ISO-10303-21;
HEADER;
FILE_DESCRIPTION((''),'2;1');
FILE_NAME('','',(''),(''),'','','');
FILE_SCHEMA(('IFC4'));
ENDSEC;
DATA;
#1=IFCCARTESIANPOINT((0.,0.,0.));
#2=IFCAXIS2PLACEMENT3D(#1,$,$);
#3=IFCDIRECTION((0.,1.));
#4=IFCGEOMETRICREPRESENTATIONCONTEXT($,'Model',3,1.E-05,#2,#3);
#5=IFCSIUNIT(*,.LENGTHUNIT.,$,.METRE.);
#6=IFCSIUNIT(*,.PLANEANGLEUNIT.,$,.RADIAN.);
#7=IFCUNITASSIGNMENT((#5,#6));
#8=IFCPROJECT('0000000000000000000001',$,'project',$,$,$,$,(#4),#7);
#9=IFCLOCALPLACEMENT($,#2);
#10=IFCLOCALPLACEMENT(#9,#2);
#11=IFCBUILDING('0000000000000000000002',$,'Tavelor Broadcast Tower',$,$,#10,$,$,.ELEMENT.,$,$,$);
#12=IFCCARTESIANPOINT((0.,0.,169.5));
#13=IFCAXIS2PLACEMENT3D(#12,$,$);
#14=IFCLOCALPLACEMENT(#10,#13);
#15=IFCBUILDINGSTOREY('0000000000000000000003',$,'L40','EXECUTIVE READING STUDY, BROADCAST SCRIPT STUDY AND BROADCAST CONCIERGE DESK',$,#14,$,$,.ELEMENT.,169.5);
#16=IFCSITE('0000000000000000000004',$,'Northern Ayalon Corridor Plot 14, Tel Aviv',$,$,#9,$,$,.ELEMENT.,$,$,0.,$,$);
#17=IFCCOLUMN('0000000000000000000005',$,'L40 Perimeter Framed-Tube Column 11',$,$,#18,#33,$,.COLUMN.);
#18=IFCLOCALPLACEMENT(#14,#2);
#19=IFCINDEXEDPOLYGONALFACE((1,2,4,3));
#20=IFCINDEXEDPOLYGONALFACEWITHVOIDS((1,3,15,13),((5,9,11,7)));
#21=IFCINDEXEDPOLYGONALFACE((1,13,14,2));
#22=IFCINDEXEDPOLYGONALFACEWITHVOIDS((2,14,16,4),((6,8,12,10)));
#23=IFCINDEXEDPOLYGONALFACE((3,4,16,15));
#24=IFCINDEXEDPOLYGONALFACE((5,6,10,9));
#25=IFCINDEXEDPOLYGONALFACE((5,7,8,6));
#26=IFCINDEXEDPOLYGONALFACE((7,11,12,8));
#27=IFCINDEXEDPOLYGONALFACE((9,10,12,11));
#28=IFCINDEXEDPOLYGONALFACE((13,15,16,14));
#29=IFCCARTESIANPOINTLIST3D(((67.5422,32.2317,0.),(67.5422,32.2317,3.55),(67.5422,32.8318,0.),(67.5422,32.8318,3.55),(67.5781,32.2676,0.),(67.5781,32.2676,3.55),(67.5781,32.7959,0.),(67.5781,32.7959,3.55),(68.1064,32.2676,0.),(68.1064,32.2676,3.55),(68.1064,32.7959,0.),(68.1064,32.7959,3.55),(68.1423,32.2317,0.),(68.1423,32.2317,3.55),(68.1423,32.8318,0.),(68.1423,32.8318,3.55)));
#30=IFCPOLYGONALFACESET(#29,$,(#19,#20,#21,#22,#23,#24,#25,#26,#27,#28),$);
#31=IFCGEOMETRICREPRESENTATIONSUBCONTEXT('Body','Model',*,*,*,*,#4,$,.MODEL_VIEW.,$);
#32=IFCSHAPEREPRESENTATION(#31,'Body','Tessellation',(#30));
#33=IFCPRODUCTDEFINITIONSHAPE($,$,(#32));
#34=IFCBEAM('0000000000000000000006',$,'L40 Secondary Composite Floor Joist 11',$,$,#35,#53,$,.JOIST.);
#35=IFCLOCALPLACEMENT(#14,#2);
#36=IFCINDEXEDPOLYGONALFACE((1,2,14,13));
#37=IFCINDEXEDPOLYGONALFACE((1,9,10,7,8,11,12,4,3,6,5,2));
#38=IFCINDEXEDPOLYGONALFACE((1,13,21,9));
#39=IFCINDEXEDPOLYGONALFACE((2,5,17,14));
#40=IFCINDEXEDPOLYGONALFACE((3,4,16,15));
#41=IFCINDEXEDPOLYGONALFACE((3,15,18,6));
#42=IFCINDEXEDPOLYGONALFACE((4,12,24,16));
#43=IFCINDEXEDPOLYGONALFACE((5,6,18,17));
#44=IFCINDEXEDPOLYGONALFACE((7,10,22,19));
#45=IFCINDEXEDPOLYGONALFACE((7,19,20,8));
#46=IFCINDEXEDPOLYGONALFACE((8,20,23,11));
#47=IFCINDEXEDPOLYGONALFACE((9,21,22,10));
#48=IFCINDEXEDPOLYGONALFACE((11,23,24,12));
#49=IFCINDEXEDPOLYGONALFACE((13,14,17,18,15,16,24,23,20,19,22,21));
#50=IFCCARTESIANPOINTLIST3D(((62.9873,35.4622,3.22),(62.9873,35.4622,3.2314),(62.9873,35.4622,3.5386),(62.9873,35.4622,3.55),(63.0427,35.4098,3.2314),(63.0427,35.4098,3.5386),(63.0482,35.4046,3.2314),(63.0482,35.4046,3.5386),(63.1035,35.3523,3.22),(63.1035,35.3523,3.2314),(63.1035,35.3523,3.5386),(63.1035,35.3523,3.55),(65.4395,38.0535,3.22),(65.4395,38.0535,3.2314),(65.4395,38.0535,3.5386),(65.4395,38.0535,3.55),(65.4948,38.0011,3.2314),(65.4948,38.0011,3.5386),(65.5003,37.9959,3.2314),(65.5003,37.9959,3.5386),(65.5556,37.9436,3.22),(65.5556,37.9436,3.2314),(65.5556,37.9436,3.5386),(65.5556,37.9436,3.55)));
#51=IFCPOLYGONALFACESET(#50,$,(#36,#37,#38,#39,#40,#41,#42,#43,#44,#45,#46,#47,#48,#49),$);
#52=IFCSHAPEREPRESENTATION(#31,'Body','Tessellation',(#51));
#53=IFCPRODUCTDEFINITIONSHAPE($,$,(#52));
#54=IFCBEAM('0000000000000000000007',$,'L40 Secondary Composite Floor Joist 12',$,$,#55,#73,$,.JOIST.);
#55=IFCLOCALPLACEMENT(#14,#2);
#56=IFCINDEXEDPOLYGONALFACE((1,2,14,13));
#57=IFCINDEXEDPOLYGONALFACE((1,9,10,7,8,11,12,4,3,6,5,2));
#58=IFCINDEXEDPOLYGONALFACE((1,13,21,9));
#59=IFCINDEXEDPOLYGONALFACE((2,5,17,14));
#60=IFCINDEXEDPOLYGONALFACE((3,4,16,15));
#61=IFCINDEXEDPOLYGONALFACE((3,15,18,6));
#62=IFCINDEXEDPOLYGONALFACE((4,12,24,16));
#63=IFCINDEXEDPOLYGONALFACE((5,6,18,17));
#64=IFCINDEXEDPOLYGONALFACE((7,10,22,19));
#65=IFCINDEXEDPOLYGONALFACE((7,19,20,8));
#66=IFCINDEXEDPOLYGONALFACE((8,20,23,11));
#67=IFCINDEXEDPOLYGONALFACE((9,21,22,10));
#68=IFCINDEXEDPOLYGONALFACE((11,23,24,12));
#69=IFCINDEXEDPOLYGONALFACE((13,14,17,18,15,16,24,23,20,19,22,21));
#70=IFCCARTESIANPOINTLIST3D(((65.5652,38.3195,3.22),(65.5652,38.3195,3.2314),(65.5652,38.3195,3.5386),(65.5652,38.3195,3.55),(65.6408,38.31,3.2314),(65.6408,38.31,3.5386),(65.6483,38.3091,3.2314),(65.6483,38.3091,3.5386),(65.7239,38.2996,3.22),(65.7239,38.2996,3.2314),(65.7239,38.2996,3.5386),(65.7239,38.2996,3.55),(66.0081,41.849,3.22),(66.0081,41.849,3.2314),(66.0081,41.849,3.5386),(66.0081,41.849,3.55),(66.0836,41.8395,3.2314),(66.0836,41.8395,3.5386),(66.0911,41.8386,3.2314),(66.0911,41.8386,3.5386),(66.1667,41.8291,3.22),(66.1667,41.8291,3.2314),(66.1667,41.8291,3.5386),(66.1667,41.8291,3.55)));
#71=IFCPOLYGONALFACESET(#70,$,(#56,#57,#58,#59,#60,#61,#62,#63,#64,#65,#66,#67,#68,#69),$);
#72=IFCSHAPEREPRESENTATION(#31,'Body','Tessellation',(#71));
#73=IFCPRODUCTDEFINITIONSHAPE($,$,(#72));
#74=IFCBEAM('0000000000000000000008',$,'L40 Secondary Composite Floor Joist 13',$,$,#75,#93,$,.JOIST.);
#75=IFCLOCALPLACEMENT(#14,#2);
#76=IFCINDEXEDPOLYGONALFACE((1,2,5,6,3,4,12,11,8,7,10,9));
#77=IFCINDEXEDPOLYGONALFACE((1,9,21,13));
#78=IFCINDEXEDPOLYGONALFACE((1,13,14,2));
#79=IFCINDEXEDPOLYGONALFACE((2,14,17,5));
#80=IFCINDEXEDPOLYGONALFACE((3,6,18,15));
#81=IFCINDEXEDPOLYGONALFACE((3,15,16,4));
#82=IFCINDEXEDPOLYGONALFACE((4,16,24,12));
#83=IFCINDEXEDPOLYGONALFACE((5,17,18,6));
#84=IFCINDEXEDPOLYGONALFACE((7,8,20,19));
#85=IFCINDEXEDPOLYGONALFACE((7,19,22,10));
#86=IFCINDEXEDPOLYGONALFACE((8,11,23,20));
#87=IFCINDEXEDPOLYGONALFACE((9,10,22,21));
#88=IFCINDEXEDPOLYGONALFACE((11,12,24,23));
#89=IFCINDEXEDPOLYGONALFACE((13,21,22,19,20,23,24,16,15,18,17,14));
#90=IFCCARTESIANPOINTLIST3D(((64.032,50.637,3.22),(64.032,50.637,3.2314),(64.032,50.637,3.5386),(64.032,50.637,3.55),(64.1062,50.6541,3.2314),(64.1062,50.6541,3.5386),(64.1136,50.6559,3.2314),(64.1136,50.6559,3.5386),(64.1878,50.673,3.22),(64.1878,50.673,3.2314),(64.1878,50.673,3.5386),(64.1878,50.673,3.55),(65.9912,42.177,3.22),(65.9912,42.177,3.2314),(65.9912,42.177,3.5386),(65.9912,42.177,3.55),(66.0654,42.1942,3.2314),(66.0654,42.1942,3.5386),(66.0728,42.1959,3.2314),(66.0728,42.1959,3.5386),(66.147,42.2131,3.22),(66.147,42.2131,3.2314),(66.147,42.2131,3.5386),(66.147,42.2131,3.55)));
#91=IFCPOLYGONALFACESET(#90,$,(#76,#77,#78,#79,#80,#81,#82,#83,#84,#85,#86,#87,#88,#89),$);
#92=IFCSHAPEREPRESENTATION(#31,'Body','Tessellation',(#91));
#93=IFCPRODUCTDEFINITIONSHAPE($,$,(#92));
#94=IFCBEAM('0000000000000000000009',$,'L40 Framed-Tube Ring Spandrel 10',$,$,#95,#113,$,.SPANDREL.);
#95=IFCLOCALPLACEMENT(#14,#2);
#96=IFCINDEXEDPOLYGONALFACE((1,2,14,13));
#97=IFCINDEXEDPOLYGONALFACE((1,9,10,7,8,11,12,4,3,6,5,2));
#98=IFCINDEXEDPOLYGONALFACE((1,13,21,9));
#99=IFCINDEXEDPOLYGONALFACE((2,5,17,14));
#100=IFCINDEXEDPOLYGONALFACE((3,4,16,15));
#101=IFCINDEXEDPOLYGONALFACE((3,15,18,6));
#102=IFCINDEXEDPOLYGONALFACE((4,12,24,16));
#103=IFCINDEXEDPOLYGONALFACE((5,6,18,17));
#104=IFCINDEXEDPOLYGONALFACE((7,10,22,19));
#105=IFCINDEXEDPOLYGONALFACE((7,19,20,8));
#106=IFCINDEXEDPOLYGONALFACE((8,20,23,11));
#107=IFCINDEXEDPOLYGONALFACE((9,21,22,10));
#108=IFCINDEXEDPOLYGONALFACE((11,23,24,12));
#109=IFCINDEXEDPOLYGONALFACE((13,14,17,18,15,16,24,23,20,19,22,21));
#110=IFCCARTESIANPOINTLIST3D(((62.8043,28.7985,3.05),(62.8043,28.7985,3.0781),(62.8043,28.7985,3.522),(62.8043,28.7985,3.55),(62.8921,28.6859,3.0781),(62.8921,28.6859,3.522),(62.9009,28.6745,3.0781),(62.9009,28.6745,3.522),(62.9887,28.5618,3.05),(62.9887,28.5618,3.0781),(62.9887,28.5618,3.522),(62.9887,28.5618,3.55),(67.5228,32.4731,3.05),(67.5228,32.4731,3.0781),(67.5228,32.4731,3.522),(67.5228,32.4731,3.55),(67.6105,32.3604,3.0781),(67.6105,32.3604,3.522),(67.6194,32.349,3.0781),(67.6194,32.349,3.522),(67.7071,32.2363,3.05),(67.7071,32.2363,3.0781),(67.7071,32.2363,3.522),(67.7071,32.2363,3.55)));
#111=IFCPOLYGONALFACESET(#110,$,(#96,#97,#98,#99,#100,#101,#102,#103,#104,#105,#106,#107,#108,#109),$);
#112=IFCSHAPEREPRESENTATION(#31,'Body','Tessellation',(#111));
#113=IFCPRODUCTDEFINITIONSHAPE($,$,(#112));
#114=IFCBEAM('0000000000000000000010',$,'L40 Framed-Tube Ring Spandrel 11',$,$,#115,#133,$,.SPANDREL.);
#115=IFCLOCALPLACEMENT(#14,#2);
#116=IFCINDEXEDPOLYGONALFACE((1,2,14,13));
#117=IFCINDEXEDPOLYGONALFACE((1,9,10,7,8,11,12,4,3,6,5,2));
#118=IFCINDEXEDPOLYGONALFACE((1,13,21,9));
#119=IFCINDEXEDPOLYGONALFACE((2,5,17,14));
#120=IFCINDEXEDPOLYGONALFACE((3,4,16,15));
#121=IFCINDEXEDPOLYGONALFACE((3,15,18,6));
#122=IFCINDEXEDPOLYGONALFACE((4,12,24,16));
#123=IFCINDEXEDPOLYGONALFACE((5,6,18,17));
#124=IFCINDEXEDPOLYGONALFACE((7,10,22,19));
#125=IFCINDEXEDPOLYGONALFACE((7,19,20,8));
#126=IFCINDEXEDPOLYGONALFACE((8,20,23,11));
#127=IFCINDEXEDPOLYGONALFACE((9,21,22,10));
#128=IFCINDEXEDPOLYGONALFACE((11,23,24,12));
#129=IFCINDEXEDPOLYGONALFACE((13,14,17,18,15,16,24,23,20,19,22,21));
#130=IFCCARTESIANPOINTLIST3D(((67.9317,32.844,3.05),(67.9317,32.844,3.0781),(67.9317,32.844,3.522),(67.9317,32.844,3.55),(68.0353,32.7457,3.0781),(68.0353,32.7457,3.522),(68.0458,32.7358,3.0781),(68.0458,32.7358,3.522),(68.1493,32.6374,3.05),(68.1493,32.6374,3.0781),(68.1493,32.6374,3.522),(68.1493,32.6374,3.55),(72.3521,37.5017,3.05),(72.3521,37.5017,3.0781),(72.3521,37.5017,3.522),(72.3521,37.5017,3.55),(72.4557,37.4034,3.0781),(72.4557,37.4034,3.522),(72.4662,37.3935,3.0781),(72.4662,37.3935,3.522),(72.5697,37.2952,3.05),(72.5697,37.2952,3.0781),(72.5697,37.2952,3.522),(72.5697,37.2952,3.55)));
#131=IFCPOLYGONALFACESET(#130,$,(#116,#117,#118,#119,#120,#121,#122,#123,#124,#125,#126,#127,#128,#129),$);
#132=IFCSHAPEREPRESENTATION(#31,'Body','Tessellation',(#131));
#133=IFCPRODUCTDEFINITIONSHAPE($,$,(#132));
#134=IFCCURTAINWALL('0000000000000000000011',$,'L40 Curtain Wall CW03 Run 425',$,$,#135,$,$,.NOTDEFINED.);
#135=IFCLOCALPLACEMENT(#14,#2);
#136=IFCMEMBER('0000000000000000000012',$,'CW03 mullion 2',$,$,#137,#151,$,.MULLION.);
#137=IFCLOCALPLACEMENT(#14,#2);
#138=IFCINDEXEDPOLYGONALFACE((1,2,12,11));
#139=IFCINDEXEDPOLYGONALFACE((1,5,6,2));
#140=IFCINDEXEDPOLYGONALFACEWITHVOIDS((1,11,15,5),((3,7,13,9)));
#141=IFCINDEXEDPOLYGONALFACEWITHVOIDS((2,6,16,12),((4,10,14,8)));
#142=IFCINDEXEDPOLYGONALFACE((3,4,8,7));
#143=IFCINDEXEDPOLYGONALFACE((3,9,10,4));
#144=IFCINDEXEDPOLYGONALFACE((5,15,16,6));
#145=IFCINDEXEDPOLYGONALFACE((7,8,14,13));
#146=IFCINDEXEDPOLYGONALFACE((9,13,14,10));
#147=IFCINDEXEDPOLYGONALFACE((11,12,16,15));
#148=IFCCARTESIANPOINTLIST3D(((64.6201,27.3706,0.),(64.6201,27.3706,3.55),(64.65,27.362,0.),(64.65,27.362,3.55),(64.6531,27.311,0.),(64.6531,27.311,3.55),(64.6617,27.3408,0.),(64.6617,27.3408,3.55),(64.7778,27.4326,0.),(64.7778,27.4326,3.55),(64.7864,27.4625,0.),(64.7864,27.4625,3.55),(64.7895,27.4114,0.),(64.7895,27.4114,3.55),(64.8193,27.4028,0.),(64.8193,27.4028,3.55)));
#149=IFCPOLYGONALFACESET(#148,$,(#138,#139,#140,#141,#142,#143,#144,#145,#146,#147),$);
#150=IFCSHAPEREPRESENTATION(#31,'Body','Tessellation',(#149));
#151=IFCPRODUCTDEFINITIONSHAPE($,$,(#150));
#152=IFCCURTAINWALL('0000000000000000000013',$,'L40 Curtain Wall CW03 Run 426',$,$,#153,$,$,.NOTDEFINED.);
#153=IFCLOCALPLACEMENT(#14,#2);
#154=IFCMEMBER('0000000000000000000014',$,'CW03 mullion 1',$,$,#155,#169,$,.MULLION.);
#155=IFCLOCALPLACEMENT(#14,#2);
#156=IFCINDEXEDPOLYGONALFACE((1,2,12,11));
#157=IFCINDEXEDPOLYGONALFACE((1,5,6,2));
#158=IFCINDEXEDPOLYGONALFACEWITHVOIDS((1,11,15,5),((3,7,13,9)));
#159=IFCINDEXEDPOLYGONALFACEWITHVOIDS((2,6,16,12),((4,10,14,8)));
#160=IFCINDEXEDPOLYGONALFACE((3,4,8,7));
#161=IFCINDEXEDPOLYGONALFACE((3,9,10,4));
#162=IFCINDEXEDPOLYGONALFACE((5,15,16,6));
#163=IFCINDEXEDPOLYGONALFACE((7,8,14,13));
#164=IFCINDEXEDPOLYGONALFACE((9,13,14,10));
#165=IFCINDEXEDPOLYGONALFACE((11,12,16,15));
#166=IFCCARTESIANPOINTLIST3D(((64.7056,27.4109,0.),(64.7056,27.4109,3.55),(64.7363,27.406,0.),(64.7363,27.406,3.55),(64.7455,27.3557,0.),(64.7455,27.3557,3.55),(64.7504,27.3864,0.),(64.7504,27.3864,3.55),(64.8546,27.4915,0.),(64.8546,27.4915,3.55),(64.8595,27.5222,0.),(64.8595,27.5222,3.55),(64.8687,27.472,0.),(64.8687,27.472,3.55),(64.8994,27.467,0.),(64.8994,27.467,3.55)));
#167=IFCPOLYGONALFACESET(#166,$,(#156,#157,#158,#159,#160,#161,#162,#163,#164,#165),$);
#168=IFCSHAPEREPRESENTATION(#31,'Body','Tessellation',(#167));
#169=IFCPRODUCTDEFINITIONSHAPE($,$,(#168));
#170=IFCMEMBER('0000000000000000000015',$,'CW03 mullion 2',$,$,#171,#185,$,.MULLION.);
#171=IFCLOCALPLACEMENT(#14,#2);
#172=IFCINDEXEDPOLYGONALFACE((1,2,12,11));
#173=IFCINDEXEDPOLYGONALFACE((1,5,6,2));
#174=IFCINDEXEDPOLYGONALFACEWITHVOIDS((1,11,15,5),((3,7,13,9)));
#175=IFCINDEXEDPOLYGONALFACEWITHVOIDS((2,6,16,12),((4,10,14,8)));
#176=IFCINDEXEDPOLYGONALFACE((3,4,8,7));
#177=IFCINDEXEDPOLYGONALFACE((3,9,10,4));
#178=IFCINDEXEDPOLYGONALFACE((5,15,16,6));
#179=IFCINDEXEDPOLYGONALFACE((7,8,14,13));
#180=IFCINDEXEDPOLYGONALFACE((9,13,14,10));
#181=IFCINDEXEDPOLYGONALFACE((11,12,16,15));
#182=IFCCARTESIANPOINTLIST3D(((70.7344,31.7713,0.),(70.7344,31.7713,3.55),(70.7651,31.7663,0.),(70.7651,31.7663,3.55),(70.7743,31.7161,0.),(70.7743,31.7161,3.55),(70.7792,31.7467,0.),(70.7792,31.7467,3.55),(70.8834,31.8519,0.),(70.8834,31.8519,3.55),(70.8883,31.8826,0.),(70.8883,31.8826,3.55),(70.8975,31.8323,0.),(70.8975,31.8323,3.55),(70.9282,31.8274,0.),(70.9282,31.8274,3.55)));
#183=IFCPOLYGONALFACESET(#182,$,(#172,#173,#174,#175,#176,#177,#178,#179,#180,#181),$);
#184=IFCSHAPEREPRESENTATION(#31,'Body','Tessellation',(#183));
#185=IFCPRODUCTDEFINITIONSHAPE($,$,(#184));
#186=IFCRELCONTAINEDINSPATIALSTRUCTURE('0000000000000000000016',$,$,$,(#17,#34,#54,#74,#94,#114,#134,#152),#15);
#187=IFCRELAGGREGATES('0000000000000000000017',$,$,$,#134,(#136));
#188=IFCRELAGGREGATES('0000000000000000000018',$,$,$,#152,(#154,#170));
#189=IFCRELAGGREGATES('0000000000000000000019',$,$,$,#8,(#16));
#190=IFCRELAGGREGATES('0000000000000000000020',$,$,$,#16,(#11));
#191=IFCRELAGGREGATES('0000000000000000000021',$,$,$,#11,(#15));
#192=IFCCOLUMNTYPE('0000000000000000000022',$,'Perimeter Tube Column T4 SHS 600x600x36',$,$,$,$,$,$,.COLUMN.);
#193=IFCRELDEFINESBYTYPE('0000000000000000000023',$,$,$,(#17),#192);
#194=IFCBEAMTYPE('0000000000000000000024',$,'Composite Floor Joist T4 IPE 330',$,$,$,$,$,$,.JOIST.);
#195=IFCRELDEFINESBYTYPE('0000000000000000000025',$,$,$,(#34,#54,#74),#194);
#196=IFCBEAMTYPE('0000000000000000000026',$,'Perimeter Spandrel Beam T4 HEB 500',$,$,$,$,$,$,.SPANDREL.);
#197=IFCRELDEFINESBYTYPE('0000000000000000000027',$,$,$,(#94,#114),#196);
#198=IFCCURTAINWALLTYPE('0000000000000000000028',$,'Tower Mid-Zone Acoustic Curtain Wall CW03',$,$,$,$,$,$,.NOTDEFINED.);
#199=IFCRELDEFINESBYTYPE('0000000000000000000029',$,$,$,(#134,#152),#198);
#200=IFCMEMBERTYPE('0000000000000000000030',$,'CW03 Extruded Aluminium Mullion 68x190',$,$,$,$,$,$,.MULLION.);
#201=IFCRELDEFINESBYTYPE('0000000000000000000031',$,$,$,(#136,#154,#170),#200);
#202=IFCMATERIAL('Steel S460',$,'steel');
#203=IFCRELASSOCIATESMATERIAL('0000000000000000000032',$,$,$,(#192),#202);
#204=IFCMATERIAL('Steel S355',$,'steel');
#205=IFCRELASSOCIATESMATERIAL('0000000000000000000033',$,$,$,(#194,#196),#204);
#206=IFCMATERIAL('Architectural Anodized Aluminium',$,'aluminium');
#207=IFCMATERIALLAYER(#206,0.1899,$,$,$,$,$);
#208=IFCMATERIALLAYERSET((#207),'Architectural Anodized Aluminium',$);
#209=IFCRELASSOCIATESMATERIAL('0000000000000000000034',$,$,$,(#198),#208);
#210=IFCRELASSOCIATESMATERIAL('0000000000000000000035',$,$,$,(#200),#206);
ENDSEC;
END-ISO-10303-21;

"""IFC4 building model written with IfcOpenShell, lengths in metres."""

from ifc_helpers import new_model, si_unit, direction, frame, origin, origin_2d, place, context, subcontext, project, spatial, hollow_rectangle, i_section, extrude, source, transform, mapped, material, layer, layer_set, material_profile, profile_set, type_object, type_shapes, element, aggregate, save


model = new_model("IFC4")

# Units and contexts
model_context = context("Model", 3, precision=1e-05, world=origin(), true_north=direction((0.0, 1.0)))
body_context = subcontext(model_context, "Body", "Model", "MODEL_VIEW")
ifc_project = project(units=[si_unit("LENGTHUNIT", "METRE"), si_unit("PLANEANGLEUNIT", "RADIAN")], contexts=[model_context])

# Site, building, storey
site_placement = place(None, origin())
site = spatial("IfcSite", under=ifc_project, at=site_placement, Name="Northern Ayalon Corridor Plot 14, Tel Aviv", CompositionType="ELEMENT", RefElevation=0.0)
building_placement = place(site_placement, origin())
building = spatial("IfcBuilding", under=site, at=building_placement, Name="Tavelor Broadcast Tower", CompositionType="ELEMENT")
storey_placement = place(building_placement, frame((0.0, 0.0, 169.5)))
storey = spatial("IfcBuildingStorey", under=building, at=storey_placement, Name="L40", Description="EXECUTIVE READING STUDY, BROADCAST SCRIPT STUDY AND BROADCAST CONCIERGE DESK", CompositionType="ELEMENT", Elevation=169.5)

# Column
ifc_material_1 = material(Name="Steel S460", Category="steel")
ifc_material_profile_1 = material_profile(ifc_material_1, hollow_rectangle(XDim=0.6001, YDim=0.6001, WallThickness=0.0359, at=origin_2d()), Name="SHS 600x600x36")
ifc_profile_set_1 = profile_set([ifc_material_profile_1], Name="Steel S460")
column_type = type_object("IfcColumnType", Name="Perimeter Tube Column T4 SHS 600x600x36", PredefinedType="COLUMN", material=ifc_profile_set_1)
column_placement = place(storey_placement, frame((67.8423, 32.5317, 0.0), z_axis=(0.0, 0.0, 1.0), x_axis=(1.0, 0.0, 0.0)))
element("IfcColumn", 1, at=column_placement, inside=storey, type_object=column_type, Name="L40 Perimeter Framed-Tube Column 11", PredefinedType="COLUMN", context=body_context, shape_type="SweptSolid", body=[
    extrude(hollow_rectangle(XDim=0.6001, YDim=0.6001, WallThickness=0.0359, at=origin_2d()), origin(), (0.0, 0.0, 1.0), 3.55),
])

# Beams
ifc_material_2 = material(Name="Steel S355", Category="steel")
ifc_material_profile_2 = material_profile(ifc_material_2, i_section(OverallWidth=0.1599, OverallDepth=0.3301, WebThickness=0.0076, FlangeThickness=0.0115, at=origin_2d()), Name="IPE 330")
ifc_profile_set_2 = profile_set([ifc_material_profile_2], Name="Steel S355")
beam_type_1 = type_object("IfcBeamType", Name="Composite Floor Joist T4 IPE 330", PredefinedType="JOIST", material=ifc_profile_set_2)
beam_1_placement = place(storey_placement, frame((63.0454, 35.4072, 3.385), z_axis=(0.687335, 0.726341, 0.0), x_axis=(-0.726341, 0.687335, 0.0)))
element("IfcBeam", 2, at=beam_1_placement, inside=storey, type_object=beam_type_1, Name="L40 Secondary Composite Floor Joist 11", PredefinedType="JOIST", context=body_context, shape_type="SweptSolid", body=[
    extrude(i_section(OverallWidth=0.1599, OverallDepth=0.3301, WebThickness=0.0076, FlangeThickness=0.0115, at=origin_2d()), origin(), (0.0, 0.0, 1.0), 3.5676),
])
beam_2_placement = place(storey_placement, frame((65.6445, 38.3096, 3.385), z_axis=(0.124499, 0.99222, 0.0), x_axis=(-0.99222, 0.124499, 0.0)))
element("IfcBeam", 3, at=beam_2_placement, inside=storey, type_object=beam_type_1, Name="L40 Secondary Composite Floor Joist 12", PredefinedType="JOIST", context=body_context, shape_type="SweptSolid", body=[
    extrude(i_section(OverallWidth=0.1599, OverallDepth=0.3301, WebThickness=0.0076, FlangeThickness=0.0115, at=origin_2d()), origin(), (0.0, 0.0, 1.0), 3.5571),
])
beam_3_placement = place(storey_placement, frame((66.0691, 42.1951, 3.385), z_axis=(-0.225617, 0.974216, 0.0), x_axis=(-0.974216, -0.225617, 0.0)))
element("IfcBeam", 4, at=beam_3_placement, inside=storey, type_object=beam_type_1, Name="L40 Secondary Composite Floor Joist 13", PredefinedType="JOIST", context=body_context, shape_type="SweptSolid", body=[
    extrude(i_section(OverallWidth=0.1599, OverallDepth=0.3301, WebThickness=0.0076, FlangeThickness=0.0115, at=origin_2d()), origin(), (0.0, 0.0, 1.0), 8.6838),
])
ifc_material_profile_3 = material_profile(ifc_material_2, i_section(OverallWidth=0.3, OverallDepth=0.5, WebThickness=0.0144, FlangeThickness=0.0281, at=origin_2d()), Name="HEB 500")
ifc_profile_set_3 = profile_set([ifc_material_profile_3], Name="Steel S355")
beam_type_2 = type_object("IfcBeamType", Name="Perimeter Spandrel Beam T4 HEB 500", PredefinedType="SPANDREL", material=ifc_profile_set_3)
beam_4_placement = place(storey_placement, frame((62.8965, 28.6802, 3.3), z_axis=(0.788978, 0.614421, 0.0), x_axis=(-0.614421, 0.788978, 0.0)))
element("IfcBeam", 5, at=beam_4_placement, inside=storey, type_object=beam_type_2, Name="L40 Framed-Tube Ring Spandrel 10", PredefinedType="SPANDREL", context=body_context, shape_type="SweptSolid", body=[
    extrude(i_section(OverallWidth=0.3, OverallDepth=0.5, WebThickness=0.0144, FlangeThickness=0.0281, at=origin_2d()), origin(), (0.0, 0.0, 1.0), 5.9805),
])
beam_5_placement = place(storey_placement, frame((68.0405, 32.7407, 3.3), z_axis=(0.688388, 0.725343, 0.0), x_axis=(-0.725343, 0.688388, 0.0)))
element("IfcBeam", 6, at=beam_5_placement, inside=storey, type_object=beam_type_2, Name="L40 Framed-Tube Ring Spandrel 11", PredefinedType="SPANDREL", context=body_context, shape_type="SweptSolid", body=[
    extrude(i_section(OverallWidth=0.3, OverallDepth=0.5, WebThickness=0.0144, FlangeThickness=0.0281, at=origin_2d()), origin(), (0.0, 0.0, 1.0), 6.4214),
])

# Curtain wall, member
ifc_material_3 = material(Name="Architectural Anodized Aluminium", Category="aluminium")
ifc_layer_1 = layer(ifc_material_3, 0.1899)
ifc_layer_set_1 = layer_set([ifc_layer_1], Name="Architectural Anodized Aluminium")
curtain_wall_type = type_object("IfcCurtainWallType", Name="Tower Mid-Zone Acoustic Curtain Wall CW03", PredefinedType="NOTDEFINED", material=ifc_layer_set_1)
curtain_wall_1_placement = place(storey_placement, origin())
curtain_wall_1 = element("IfcCurtainWall", 7, at=curtain_wall_1_placement, inside=storey, type_object=curtain_wall_type, Name="L40 Curtain Wall CW03 Run 425", PredefinedType="NOTDEFINED")
ifc_material_profile_4 = material_profile(ifc_material_3, hollow_rectangle(XDim=0.0681, YDim=0.1899, WallThickness=0.022, at=origin_2d()), Name="RHS 68x190x22")
ifc_profile_set_4 = profile_set([ifc_material_profile_4], Name="Architectural Anodized Aluminium")
member_type_1 = type_object("IfcMemberType", Name="CW03 Extruded Aluminium Mullion 68x190", PredefinedType="MULLION", material=ifc_profile_set_4)
shared_shape_1 = source(origin(), body_context, "Body", "SweptSolid", [
    extrude(hollow_rectangle(XDim=0.0681, YDim=0.1899, WallThickness=0.022, at=origin_2d()), origin(), (0.0, 0.0, 1.0), 3.55),
])
type_shapes(member_type_1, [shared_shape_1])
member_1_placement = place(storey_placement, frame((64.7197, 27.3867, 0.0), z_axis=(0.0, 0.0, 1.0), x_axis=(-0.483669, 0.875251, 0.0)))
member_1 = element("IfcMember", 8, at=member_1_placement, type_object=member_type_1, Name="CW03 mullion 2", PredefinedType="MULLION", context=body_context, shape_type="MappedRepresentation", body=[
    mapped(shared_shape_1, transform((0.0, 0.0, 0.0), scale=1.0)),
])
aggregate(curtain_wall_1, [member_1])

# Curtain wall, members
curtain_wall_2_placement = place(storey_placement, origin())
curtain_wall_2 = element("IfcCurtainWall", 9, at=curtain_wall_2_placement, inside=storey, type_object=curtain_wall_type, Name="L40 Curtain Wall CW03 Run 426", PredefinedType="NOTDEFINED")
member_2_placement = place(storey_placement, frame((64.8025, 27.439, 0.0), z_axis=(0.0, 0.0, 1.0), x_axis=(-0.586031, 0.810289, 0.0)))
member_2 = element("IfcMember", 10, at=member_2_placement, type_object=member_type_1, Name="CW03 mullion 1", PredefinedType="MULLION", context=body_context, shape_type="MappedRepresentation", body=[
    mapped(shared_shape_1, transform((0.0, 0.0, 0.0), scale=1.0)),
])
member_3_placement = place(storey_placement, frame((70.8313, 31.7993, 0.0), z_axis=(0.0, 0.0, 1.0), x_axis=(-0.586031, 0.810289, 0.0)))
member_3 = element("IfcMember", 11, at=member_3_placement, type_object=member_type_1, Name="CW03 mullion 2", PredefinedType="MULLION", context=body_context, shape_type="MappedRepresentation", body=[
    mapped(shared_shape_1, transform((0.0, 0.0, 0.0), scale=1.0)),
])

aggregate(curtain_wall_2, [member_2, member_3])

save(model, "model.ifc")
